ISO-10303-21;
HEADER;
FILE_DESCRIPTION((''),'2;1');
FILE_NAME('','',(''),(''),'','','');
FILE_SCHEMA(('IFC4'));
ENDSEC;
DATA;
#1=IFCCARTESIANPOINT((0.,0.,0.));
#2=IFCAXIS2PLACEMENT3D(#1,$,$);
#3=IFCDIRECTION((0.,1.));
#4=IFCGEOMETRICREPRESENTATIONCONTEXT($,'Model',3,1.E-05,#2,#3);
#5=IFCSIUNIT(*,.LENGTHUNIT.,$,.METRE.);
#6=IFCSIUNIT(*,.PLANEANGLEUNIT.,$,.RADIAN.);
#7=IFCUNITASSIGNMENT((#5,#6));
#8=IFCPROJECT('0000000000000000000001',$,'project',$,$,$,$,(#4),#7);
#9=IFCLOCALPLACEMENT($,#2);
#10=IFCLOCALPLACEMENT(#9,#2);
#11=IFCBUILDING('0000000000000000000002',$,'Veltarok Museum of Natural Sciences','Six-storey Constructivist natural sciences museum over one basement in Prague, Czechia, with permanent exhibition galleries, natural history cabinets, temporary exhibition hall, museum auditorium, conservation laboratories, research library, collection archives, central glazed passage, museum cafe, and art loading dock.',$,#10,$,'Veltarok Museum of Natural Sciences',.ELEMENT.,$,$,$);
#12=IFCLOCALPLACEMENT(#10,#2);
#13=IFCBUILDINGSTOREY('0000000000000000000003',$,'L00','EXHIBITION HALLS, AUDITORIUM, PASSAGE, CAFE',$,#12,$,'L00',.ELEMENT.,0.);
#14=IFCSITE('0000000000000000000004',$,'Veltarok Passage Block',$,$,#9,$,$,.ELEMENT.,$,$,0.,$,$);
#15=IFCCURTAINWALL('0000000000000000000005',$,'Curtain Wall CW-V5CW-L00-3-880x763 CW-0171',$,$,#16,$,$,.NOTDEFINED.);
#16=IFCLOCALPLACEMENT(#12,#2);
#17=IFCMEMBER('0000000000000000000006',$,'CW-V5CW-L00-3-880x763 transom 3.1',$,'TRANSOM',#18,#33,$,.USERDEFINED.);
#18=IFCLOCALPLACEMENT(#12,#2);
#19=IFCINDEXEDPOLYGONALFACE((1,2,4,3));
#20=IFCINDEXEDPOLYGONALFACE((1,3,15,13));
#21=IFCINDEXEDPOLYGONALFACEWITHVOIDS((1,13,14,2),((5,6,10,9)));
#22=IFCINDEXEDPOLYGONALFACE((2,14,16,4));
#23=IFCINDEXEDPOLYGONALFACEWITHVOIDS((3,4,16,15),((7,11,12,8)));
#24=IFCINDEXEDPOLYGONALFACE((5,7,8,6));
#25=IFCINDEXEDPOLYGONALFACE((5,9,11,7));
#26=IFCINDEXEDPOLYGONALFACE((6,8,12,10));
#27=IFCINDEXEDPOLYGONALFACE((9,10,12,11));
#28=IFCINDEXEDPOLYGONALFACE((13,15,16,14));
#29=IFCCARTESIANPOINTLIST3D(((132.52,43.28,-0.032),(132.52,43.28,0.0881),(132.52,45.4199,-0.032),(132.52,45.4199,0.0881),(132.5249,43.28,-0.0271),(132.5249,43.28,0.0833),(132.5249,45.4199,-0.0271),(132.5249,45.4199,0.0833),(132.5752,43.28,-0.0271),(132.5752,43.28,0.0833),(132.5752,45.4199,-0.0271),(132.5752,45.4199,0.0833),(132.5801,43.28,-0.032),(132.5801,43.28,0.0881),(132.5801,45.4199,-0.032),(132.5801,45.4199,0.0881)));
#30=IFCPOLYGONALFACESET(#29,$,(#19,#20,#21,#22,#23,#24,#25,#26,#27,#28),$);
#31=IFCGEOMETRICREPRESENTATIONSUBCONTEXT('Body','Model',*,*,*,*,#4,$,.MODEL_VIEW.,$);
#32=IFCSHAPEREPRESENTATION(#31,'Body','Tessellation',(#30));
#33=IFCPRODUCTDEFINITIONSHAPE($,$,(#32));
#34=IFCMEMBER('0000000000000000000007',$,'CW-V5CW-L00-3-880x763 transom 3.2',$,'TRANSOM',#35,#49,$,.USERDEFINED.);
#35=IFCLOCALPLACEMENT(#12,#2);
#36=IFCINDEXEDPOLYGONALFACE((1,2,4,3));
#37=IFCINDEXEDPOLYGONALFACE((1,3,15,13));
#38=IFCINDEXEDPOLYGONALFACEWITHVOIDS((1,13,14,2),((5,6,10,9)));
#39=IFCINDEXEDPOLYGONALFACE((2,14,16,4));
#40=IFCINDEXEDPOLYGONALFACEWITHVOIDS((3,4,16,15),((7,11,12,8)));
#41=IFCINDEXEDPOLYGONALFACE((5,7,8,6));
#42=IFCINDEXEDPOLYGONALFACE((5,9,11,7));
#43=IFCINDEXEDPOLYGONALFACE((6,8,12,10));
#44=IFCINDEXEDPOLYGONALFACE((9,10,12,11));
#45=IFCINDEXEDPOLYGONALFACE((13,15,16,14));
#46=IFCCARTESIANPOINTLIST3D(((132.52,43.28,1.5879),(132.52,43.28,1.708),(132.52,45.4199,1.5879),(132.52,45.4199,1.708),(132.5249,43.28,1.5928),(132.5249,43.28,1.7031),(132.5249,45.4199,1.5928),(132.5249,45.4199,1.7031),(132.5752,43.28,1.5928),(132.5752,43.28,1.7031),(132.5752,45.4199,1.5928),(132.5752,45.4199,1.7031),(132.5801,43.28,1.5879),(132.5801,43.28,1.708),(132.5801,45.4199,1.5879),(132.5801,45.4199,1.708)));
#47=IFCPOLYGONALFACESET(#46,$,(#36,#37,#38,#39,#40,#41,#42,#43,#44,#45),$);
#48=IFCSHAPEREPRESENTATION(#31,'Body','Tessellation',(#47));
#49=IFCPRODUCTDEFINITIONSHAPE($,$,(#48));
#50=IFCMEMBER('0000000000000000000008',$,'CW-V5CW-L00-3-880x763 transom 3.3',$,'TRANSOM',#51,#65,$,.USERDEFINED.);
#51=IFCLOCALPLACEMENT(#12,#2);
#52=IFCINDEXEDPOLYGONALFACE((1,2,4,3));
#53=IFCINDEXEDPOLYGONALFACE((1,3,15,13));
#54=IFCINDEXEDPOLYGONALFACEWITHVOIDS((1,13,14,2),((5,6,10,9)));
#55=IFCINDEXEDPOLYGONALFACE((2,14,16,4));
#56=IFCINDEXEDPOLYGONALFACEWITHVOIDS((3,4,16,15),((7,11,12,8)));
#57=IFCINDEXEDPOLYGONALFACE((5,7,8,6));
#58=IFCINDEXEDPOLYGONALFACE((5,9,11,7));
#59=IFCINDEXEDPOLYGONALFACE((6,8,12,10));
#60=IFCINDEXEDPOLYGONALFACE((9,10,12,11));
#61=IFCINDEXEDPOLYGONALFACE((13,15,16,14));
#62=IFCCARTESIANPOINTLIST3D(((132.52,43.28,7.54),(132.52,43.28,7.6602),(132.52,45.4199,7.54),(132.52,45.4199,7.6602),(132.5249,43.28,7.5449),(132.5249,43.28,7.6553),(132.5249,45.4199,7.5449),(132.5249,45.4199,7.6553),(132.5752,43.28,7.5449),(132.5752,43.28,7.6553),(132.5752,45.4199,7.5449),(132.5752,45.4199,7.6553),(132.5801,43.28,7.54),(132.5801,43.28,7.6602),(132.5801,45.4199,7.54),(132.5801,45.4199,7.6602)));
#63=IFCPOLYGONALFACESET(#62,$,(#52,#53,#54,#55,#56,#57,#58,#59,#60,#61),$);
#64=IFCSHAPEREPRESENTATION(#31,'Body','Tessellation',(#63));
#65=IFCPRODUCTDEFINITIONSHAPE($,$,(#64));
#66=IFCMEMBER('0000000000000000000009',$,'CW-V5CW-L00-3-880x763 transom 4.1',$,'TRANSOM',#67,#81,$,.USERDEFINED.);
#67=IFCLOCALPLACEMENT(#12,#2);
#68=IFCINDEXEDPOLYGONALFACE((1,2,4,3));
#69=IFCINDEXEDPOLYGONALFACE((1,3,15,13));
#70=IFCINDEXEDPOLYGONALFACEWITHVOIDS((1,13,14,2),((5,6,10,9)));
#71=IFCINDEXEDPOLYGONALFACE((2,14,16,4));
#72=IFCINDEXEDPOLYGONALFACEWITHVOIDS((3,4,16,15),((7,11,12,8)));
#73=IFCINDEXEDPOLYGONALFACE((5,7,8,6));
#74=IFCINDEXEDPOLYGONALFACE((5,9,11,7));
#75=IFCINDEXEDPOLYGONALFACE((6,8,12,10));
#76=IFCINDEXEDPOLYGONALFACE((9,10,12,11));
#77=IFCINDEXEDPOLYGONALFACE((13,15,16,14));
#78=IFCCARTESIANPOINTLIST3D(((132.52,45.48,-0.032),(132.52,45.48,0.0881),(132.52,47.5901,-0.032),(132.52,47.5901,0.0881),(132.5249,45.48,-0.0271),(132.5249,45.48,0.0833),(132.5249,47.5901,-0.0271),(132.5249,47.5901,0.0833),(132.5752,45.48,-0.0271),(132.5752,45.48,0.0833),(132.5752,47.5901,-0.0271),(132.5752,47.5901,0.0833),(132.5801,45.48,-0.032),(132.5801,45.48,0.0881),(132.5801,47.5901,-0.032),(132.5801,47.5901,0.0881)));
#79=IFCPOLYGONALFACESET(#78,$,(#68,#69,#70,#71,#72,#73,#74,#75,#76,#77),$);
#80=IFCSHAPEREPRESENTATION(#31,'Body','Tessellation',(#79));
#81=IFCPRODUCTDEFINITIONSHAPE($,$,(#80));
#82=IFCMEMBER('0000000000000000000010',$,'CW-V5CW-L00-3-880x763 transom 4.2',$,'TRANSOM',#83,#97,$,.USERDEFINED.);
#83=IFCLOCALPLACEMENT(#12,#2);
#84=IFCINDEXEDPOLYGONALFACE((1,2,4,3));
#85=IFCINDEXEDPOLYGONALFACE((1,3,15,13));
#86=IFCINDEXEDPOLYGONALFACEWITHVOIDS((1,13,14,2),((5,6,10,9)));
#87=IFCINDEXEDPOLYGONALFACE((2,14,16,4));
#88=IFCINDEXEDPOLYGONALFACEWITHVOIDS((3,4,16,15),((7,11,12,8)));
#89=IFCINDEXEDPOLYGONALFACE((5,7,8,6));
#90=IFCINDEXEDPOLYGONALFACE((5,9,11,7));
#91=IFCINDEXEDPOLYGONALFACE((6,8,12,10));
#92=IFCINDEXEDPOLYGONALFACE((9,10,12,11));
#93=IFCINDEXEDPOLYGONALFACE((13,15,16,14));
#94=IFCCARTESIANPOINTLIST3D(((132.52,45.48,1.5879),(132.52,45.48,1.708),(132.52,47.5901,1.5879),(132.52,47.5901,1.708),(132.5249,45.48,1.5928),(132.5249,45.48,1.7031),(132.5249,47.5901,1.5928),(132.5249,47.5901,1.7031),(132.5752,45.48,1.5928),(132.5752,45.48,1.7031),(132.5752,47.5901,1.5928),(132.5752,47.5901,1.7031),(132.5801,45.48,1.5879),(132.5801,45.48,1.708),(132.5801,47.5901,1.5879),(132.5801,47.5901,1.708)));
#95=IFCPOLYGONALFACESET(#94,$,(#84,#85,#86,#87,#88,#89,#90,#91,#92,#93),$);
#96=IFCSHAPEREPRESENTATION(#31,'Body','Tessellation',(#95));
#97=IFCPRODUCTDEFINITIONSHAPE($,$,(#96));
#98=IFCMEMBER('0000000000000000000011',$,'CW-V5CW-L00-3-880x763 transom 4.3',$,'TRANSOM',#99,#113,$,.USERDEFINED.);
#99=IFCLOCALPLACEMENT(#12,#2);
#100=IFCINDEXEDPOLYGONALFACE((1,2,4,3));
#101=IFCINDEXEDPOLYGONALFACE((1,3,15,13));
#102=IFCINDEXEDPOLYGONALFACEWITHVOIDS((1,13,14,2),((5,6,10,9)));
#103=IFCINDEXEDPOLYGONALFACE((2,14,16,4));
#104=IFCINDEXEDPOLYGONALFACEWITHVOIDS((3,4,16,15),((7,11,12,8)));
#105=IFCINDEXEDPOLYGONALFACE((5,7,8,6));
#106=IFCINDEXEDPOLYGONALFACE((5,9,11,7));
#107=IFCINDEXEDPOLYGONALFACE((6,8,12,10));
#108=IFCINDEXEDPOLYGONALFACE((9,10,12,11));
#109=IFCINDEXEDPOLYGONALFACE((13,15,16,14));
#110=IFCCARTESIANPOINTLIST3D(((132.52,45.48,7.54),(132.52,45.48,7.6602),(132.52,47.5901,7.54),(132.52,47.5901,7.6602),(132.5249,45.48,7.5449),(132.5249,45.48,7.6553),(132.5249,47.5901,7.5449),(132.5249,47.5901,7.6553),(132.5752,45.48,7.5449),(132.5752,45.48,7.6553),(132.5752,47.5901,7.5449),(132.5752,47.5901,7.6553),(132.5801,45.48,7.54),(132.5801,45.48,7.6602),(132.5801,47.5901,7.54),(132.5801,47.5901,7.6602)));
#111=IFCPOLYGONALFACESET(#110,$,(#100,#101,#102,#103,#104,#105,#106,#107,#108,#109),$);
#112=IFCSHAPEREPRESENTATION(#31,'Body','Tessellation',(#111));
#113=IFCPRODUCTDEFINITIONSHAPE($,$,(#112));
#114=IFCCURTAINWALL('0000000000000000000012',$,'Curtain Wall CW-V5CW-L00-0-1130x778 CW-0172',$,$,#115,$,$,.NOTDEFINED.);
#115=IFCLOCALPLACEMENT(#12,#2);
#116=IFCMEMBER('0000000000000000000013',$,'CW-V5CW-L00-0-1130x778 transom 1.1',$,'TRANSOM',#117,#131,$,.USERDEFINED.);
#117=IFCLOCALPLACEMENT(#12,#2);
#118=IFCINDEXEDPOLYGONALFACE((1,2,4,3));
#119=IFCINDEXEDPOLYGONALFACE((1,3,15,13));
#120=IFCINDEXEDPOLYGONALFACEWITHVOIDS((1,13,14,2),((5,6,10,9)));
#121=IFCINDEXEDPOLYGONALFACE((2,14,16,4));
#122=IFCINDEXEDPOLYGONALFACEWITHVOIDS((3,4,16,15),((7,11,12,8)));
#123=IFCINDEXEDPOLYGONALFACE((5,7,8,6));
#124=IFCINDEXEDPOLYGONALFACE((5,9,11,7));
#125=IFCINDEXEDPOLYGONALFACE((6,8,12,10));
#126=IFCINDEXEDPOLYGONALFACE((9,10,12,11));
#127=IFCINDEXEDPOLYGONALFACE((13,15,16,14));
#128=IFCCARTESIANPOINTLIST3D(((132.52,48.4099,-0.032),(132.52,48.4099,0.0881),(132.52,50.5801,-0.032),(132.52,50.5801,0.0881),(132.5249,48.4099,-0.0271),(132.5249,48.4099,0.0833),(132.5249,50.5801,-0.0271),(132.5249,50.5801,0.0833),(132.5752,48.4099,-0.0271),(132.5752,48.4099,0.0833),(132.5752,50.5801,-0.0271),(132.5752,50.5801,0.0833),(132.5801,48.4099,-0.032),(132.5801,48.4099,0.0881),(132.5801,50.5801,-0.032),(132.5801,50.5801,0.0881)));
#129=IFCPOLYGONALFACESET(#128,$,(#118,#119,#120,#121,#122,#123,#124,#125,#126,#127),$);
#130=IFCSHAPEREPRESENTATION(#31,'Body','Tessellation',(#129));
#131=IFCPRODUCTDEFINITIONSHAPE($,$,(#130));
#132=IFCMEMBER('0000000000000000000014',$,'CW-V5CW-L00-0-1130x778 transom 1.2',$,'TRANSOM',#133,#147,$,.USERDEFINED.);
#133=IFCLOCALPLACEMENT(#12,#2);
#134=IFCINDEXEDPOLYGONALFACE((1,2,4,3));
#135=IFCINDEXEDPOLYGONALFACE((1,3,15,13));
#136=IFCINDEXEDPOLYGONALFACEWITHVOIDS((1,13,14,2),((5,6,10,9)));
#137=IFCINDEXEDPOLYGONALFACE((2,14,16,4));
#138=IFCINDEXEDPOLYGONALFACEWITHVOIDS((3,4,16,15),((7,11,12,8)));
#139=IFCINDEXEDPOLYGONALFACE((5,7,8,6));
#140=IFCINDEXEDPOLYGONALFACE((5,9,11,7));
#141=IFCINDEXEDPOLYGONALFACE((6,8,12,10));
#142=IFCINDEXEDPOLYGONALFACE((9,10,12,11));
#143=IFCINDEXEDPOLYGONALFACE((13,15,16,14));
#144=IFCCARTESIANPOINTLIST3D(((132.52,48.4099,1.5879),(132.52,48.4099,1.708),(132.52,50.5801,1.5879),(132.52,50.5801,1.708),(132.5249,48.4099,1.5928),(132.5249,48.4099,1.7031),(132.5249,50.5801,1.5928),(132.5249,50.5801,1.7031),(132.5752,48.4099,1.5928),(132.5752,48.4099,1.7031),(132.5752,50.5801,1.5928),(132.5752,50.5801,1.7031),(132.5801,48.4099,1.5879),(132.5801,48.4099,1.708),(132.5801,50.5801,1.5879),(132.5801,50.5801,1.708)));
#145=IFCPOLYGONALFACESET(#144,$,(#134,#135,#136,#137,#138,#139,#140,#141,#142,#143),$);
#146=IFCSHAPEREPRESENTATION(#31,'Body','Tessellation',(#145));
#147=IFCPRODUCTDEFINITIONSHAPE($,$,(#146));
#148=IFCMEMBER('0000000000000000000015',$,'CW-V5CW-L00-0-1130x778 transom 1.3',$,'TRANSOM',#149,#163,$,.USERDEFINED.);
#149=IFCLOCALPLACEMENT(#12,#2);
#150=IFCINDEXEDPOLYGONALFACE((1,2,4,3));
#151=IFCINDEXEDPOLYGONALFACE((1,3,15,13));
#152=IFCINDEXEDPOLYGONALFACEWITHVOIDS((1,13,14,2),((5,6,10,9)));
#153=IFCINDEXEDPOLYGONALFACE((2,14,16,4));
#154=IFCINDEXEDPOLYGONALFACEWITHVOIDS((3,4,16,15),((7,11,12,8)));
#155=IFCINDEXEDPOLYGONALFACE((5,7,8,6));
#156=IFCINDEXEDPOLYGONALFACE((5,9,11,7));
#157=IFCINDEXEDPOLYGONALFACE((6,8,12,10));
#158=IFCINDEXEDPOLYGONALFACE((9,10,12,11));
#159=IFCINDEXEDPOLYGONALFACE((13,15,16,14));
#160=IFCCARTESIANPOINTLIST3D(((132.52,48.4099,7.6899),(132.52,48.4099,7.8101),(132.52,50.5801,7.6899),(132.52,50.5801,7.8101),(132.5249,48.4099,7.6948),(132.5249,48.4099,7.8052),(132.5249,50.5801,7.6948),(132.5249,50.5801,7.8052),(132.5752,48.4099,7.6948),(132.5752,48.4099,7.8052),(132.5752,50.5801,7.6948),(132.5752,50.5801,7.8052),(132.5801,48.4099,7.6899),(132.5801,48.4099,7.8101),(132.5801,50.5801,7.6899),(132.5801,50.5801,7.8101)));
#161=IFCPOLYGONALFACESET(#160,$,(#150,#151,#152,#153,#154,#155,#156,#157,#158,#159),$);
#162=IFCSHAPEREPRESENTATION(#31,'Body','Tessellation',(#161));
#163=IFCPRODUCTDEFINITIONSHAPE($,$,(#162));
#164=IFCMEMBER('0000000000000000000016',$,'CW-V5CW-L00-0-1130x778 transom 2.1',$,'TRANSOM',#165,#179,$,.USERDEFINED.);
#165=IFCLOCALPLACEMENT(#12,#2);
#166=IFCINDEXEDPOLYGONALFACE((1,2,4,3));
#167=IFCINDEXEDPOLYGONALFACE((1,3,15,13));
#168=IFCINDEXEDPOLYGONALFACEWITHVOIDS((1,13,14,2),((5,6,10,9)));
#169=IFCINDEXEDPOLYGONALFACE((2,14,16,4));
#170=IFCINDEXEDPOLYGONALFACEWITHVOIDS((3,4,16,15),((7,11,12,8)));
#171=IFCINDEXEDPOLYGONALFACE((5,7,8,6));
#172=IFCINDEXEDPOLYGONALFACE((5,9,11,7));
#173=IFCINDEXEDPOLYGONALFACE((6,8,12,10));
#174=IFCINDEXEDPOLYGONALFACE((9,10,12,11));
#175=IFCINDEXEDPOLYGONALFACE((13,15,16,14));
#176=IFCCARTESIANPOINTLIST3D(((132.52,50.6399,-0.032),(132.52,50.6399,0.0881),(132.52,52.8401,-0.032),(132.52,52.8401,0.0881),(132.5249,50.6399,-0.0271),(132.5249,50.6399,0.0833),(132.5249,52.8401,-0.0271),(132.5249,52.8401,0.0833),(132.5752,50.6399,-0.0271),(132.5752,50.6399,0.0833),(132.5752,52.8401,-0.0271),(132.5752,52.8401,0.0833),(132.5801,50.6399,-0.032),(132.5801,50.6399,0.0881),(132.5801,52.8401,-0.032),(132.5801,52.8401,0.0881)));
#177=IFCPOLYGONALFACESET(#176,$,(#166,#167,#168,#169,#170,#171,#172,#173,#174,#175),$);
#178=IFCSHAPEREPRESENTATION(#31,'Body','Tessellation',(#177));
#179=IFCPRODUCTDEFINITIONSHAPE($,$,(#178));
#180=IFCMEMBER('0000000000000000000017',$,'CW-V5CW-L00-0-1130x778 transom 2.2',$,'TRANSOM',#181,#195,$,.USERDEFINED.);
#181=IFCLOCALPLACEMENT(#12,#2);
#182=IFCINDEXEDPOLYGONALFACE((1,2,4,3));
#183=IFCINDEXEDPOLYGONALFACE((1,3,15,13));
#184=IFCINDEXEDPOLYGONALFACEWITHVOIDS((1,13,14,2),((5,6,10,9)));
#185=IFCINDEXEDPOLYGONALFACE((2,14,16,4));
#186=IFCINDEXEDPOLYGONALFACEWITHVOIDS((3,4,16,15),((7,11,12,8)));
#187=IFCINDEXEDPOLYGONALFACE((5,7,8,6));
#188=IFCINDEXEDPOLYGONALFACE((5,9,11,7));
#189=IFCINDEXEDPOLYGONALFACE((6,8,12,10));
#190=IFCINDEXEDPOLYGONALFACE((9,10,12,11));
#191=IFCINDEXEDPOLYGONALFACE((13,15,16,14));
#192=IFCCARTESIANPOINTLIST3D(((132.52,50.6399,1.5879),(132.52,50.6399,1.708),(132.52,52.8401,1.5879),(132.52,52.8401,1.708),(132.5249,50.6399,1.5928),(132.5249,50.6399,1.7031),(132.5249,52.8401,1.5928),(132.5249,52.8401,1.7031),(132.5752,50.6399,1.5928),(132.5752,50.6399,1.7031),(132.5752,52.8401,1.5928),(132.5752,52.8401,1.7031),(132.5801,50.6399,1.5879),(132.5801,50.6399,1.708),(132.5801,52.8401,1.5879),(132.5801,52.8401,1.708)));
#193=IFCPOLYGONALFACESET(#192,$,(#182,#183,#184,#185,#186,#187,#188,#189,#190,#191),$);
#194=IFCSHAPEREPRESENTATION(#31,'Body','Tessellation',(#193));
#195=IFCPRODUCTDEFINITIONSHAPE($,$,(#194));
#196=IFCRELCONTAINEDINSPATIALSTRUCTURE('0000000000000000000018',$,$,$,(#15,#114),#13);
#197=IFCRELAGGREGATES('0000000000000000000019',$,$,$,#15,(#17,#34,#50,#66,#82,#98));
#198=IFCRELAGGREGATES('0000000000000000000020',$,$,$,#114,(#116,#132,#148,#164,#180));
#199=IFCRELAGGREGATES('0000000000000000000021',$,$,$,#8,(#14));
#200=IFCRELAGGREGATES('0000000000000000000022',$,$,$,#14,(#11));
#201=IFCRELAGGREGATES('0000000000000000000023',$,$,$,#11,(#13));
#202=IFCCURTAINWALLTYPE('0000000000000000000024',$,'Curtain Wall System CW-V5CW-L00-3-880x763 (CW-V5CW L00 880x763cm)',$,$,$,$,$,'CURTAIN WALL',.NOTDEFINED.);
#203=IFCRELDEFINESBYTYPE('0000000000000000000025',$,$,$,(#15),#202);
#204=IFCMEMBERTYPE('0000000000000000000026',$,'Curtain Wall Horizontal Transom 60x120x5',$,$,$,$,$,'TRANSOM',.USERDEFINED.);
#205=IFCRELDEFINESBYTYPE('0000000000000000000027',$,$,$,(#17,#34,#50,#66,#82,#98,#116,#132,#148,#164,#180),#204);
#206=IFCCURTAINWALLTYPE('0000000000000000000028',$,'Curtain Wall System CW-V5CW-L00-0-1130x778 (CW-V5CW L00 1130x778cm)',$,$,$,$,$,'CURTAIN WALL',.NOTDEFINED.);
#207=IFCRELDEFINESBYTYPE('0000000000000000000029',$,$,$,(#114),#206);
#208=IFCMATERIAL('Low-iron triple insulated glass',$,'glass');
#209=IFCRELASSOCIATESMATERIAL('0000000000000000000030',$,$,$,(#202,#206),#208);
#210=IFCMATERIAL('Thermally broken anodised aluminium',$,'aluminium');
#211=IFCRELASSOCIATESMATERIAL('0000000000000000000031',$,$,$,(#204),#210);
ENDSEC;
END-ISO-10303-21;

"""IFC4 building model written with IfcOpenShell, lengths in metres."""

from ifc_helpers import new_model, si_unit, direction, frame, origin, origin_2d, place, context, subcontext, project, spatial, hollow_rectangle, extrude, material, material_profile, profile_set, type_object, element, aggregate, save


model = new_model("IFC4")

# Units and contexts
model_context = context("Model", 3, precision=1e-05, world=origin(), true_north=direction((0.0, 1.0)))
body_context = subcontext(model_context, "Body", "Model", "MODEL_VIEW")
ifc_project = project(units=[si_unit("LENGTHUNIT", "METRE"), si_unit("PLANEANGLEUNIT", "RADIAN")], contexts=[model_context])

# Site, building, storey
site_placement = place(None, origin())
site = spatial("IfcSite", under=ifc_project, at=site_placement, Name="Veltarok Passage Block", CompositionType="ELEMENT", RefElevation=0.0)
building_placement = place(site_placement, origin())
building = spatial("IfcBuilding", under=site, at=building_placement, Name="Veltarok Museum of Natural Sciences", Description="Six-storey Constructivist natural sciences museum over one basement in Prague, Czechia, with permanent exhibition galleries, natural history cabinets, temporary exhibition hall, museum auditorium, conservation laboratories, research library, collection archives, central glazed passage, museum cafe, and art loading dock.", LongName="Veltarok Museum of Natural Sciences", CompositionType="ELEMENT")
storey_placement = place(building_placement, origin())
storey = spatial("IfcBuildingStorey", under=building, at=storey_placement, Name="L00", Description="EXHIBITION HALLS, AUDITORIUM, PASSAGE, CAFE", LongName="L00", CompositionType="ELEMENT", Elevation=0.0)

# Curtain walls, members
ifc_material_1 = material(Name="Low-iron triple insulated glass", Category="glass")
curtain_wall_type_1 = type_object("IfcCurtainWallType", Name="Curtain Wall System CW-V5CW-L00-3-880x763 (CW-V5CW L00 880x763cm)", ElementType="CURTAIN WALL", PredefinedType="NOTDEFINED", material=ifc_material_1)
curtain_wall_1_placement = place(storey_placement, origin())
curtain_wall_1 = element("IfcCurtainWall", 1, at=curtain_wall_1_placement, inside=storey, type_object=curtain_wall_type_1, Name="Curtain Wall CW-V5CW-L00-3-880x763 CW-0171", PredefinedType="NOTDEFINED")
ifc_material_2 = material(Name="Thermally broken anodised aluminium", Category="aluminium")
ifc_material_profile_1 = material_profile(ifc_material_2, hollow_rectangle(XDim=0.0601, YDim=0.1201, WallThickness=0.0049, at=origin_2d()), Name="CW TRANSOM 60x120x5")
ifc_profile_set_1 = profile_set([ifc_material_profile_1], Name="Thermally broken anodised aluminium")
member_type_1 = type_object("IfcMemberType", Name="Curtain Wall Horizontal Transom 60x120x5", ElementType="TRANSOM", PredefinedType="USERDEFINED", material=ifc_profile_set_1)
member_1_placement = place(storey_placement, frame((132.55, 43.28, 0.0281), z_axis=(0.0, 1.0, 0.0), x_axis=(-1.0, 0.0, 0.0)))
member_1 = element("IfcMember", 2, at=member_1_placement, type_object=member_type_1, Name="CW-V5CW-L00-3-880x763 transom 3.1", ObjectType="TRANSOM", PredefinedType="USERDEFINED", context=body_context, shape_type="SweptSolid", body=[
    extrude(hollow_rectangle(XDim=0.0601, YDim=0.1201, WallThickness=0.0049, at=origin_2d()), origin(), (0.0, 0.0, 1.0), 2.1399),
])
member_2_placement = place(storey_placement, frame((132.55, 43.28, 1.6479), z_axis=(0.0, 1.0, 0.0), x_axis=(-1.0, 0.0, 0.0)))
member_2 = element("IfcMember", 3, at=member_2_placement, type_object=member_type_1, Name="CW-V5CW-L00-3-880x763 transom 3.2", ObjectType="TRANSOM", PredefinedType="USERDEFINED", context=body_context, shape_type="SweptSolid", body=[
    extrude(hollow_rectangle(XDim=0.0601, YDim=0.1201, WallThickness=0.0049, at=origin_2d()), origin(), (0.0, 0.0, 1.0), 2.1399),
])
member_3_placement = place(storey_placement, frame((132.55, 43.28, 7.6001), z_axis=(0.0, 1.0, 0.0), x_axis=(-1.0, 0.0, 0.0)))
member_3 = element("IfcMember", 4, at=member_3_placement, type_object=member_type_1, Name="CW-V5CW-L00-3-880x763 transom 3.3", ObjectType="TRANSOM", PredefinedType="USERDEFINED", context=body_context, shape_type="SweptSolid", body=[
    extrude(hollow_rectangle(XDim=0.0601, YDim=0.1201, WallThickness=0.0049, at=origin_2d()), origin(), (0.0, 0.0, 1.0), 2.1399),
])
member_4_placement = place(storey_placement, frame((132.55, 45.48, 0.0281), z_axis=(0.0, 1.0, 0.0), x_axis=(-1.0, 0.0, 0.0)))
member_4 = element("IfcMember", 5, at=member_4_placement, type_object=member_type_1, Name="CW-V5CW-L00-3-880x763 transom 4.1", ObjectType="TRANSOM", PredefinedType="USERDEFINED", context=body_context, shape_type="SweptSolid", body=[
    extrude(hollow_rectangle(XDim=0.0601, YDim=0.1201, WallThickness=0.0049, at=origin_2d()), origin(), (0.0, 0.0, 1.0), 2.1101),
])
member_5_placement = place(storey_placement, frame((132.55, 45.48, 1.6479), z_axis=(0.0, 1.0, 0.0), x_axis=(-1.0, 0.0, 0.0)))
member_5 = element("IfcMember", 6, at=member_5_placement, type_object=member_type_1, Name="CW-V5CW-L00-3-880x763 transom 4.2", ObjectType="TRANSOM", PredefinedType="USERDEFINED", context=body_context, shape_type="SweptSolid", body=[
    extrude(hollow_rectangle(XDim=0.0601, YDim=0.1201, WallThickness=0.0049, at=origin_2d()), origin(), (0.0, 0.0, 1.0), 2.1101),
])
member_6_placement = place(storey_placement, frame((132.55, 45.48, 7.6001), z_axis=(0.0, 1.0, 0.0), x_axis=(-1.0, 0.0, 0.0)))
member_6 = element("IfcMember", 7, at=member_6_placement, type_object=member_type_1, Name="CW-V5CW-L00-3-880x763 transom 4.3", ObjectType="TRANSOM", PredefinedType="USERDEFINED", context=body_context, shape_type="SweptSolid", body=[
    extrude(hollow_rectangle(XDim=0.0601, YDim=0.1201, WallThickness=0.0049, at=origin_2d()), origin(), (0.0, 0.0, 1.0), 2.1101),
])
curtain_wall_type_2 = type_object("IfcCurtainWallType", Name="Curtain Wall System CW-V5CW-L00-0-1130x778 (CW-V5CW L00 1130x778cm)", ElementType="CURTAIN WALL", PredefinedType="NOTDEFINED", material=ifc_material_1)
curtain_wall_2_placement = place(storey_placement, origin())
curtain_wall_2 = element("IfcCurtainWall", 8, at=curtain_wall_2_placement, inside=storey, type_object=curtain_wall_type_2, Name="Curtain Wall CW-V5CW-L00-0-1130x778 CW-0172", PredefinedType="NOTDEFINED")
member_7_placement = place(storey_placement, frame((132.55, 48.4099, 0.0281), z_axis=(0.0, 1.0, 0.0), x_axis=(-1.0, 0.0, 0.0)))
member_7 = element("IfcMember", 9, at=member_7_placement, type_object=member_type_1, Name="CW-V5CW-L00-0-1130x778 transom 1.1", ObjectType="TRANSOM", PredefinedType="USERDEFINED", context=body_context, shape_type="SweptSolid", body=[
    extrude(hollow_rectangle(XDim=0.0601, YDim=0.1201, WallThickness=0.0049, at=origin_2d()), origin(), (0.0, 0.0, 1.0), 2.1702),
])
member_8_placement = place(storey_placement, frame((132.55, 48.4099, 1.6479), z_axis=(0.0, 1.0, 0.0), x_axis=(-1.0, 0.0, 0.0)))
member_8 = element("IfcMember", 10, at=member_8_placement, type_object=member_type_1, Name="CW-V5CW-L00-0-1130x778 transom 1.2", ObjectType="TRANSOM", PredefinedType="USERDEFINED", context=body_context, shape_type="SweptSolid", body=[
    extrude(hollow_rectangle(XDim=0.0601, YDim=0.1201, WallThickness=0.0049, at=origin_2d()), origin(), (0.0, 0.0, 1.0), 2.1702),
])
member_9_placement = place(storey_placement, frame((132.55, 48.4099, 7.75), z_axis=(0.0, 1.0, 0.0), x_axis=(-1.0, 0.0, 0.0)))
member_9 = element("IfcMember", 11, at=member_9_placement, type_object=member_type_1, Name="CW-V5CW-L00-0-1130x778 transom 1.3", ObjectType="TRANSOM", PredefinedType="USERDEFINED", context=body_context, shape_type="SweptSolid", body=[
    extrude(hollow_rectangle(XDim=0.0601, YDim=0.1201, WallThickness=0.0049, at=origin_2d()), origin(), (0.0, 0.0, 1.0), 2.1702),
])
member_10_placement = place(storey_placement, frame((132.55, 50.6399, 0.0281), z_axis=(0.0, 1.0, 0.0), x_axis=(-1.0, 0.0, 0.0)))
member_10 = element("IfcMember", 12, at=member_10_placement, type_object=member_type_1, Name="CW-V5CW-L00-0-1130x778 transom 2.1", ObjectType="TRANSOM", PredefinedType="USERDEFINED", context=body_context, shape_type="SweptSolid", body=[
    extrude(hollow_rectangle(XDim=0.0601, YDim=0.1201, WallThickness=0.0049, at=origin_2d()), origin(), (0.0, 0.0, 1.0), 2.2002),
])
member_11_placement = place(storey_placement, frame((132.55, 50.6399, 1.6479), z_axis=(0.0, 1.0, 0.0), x_axis=(-1.0, 0.0, 0.0)))
member_11 = element("IfcMember", 13, at=member_11_placement, type_object=member_type_1, Name="CW-V5CW-L00-0-1130x778 transom 2.2", ObjectType="TRANSOM", PredefinedType="USERDEFINED", context=body_context, shape_type="SweptSolid", body=[
    extrude(hollow_rectangle(XDim=0.0601, YDim=0.1201, WallThickness=0.0049, at=origin_2d()), origin(), (0.0, 0.0, 1.0), 2.2002),
])

aggregate(curtain_wall_1, [member_1, member_2, member_3, member_4, member_5, member_6])
aggregate(curtain_wall_2, [member_7, member_8, member_9, member_10, member_11])

save(model, "model.ifc")
